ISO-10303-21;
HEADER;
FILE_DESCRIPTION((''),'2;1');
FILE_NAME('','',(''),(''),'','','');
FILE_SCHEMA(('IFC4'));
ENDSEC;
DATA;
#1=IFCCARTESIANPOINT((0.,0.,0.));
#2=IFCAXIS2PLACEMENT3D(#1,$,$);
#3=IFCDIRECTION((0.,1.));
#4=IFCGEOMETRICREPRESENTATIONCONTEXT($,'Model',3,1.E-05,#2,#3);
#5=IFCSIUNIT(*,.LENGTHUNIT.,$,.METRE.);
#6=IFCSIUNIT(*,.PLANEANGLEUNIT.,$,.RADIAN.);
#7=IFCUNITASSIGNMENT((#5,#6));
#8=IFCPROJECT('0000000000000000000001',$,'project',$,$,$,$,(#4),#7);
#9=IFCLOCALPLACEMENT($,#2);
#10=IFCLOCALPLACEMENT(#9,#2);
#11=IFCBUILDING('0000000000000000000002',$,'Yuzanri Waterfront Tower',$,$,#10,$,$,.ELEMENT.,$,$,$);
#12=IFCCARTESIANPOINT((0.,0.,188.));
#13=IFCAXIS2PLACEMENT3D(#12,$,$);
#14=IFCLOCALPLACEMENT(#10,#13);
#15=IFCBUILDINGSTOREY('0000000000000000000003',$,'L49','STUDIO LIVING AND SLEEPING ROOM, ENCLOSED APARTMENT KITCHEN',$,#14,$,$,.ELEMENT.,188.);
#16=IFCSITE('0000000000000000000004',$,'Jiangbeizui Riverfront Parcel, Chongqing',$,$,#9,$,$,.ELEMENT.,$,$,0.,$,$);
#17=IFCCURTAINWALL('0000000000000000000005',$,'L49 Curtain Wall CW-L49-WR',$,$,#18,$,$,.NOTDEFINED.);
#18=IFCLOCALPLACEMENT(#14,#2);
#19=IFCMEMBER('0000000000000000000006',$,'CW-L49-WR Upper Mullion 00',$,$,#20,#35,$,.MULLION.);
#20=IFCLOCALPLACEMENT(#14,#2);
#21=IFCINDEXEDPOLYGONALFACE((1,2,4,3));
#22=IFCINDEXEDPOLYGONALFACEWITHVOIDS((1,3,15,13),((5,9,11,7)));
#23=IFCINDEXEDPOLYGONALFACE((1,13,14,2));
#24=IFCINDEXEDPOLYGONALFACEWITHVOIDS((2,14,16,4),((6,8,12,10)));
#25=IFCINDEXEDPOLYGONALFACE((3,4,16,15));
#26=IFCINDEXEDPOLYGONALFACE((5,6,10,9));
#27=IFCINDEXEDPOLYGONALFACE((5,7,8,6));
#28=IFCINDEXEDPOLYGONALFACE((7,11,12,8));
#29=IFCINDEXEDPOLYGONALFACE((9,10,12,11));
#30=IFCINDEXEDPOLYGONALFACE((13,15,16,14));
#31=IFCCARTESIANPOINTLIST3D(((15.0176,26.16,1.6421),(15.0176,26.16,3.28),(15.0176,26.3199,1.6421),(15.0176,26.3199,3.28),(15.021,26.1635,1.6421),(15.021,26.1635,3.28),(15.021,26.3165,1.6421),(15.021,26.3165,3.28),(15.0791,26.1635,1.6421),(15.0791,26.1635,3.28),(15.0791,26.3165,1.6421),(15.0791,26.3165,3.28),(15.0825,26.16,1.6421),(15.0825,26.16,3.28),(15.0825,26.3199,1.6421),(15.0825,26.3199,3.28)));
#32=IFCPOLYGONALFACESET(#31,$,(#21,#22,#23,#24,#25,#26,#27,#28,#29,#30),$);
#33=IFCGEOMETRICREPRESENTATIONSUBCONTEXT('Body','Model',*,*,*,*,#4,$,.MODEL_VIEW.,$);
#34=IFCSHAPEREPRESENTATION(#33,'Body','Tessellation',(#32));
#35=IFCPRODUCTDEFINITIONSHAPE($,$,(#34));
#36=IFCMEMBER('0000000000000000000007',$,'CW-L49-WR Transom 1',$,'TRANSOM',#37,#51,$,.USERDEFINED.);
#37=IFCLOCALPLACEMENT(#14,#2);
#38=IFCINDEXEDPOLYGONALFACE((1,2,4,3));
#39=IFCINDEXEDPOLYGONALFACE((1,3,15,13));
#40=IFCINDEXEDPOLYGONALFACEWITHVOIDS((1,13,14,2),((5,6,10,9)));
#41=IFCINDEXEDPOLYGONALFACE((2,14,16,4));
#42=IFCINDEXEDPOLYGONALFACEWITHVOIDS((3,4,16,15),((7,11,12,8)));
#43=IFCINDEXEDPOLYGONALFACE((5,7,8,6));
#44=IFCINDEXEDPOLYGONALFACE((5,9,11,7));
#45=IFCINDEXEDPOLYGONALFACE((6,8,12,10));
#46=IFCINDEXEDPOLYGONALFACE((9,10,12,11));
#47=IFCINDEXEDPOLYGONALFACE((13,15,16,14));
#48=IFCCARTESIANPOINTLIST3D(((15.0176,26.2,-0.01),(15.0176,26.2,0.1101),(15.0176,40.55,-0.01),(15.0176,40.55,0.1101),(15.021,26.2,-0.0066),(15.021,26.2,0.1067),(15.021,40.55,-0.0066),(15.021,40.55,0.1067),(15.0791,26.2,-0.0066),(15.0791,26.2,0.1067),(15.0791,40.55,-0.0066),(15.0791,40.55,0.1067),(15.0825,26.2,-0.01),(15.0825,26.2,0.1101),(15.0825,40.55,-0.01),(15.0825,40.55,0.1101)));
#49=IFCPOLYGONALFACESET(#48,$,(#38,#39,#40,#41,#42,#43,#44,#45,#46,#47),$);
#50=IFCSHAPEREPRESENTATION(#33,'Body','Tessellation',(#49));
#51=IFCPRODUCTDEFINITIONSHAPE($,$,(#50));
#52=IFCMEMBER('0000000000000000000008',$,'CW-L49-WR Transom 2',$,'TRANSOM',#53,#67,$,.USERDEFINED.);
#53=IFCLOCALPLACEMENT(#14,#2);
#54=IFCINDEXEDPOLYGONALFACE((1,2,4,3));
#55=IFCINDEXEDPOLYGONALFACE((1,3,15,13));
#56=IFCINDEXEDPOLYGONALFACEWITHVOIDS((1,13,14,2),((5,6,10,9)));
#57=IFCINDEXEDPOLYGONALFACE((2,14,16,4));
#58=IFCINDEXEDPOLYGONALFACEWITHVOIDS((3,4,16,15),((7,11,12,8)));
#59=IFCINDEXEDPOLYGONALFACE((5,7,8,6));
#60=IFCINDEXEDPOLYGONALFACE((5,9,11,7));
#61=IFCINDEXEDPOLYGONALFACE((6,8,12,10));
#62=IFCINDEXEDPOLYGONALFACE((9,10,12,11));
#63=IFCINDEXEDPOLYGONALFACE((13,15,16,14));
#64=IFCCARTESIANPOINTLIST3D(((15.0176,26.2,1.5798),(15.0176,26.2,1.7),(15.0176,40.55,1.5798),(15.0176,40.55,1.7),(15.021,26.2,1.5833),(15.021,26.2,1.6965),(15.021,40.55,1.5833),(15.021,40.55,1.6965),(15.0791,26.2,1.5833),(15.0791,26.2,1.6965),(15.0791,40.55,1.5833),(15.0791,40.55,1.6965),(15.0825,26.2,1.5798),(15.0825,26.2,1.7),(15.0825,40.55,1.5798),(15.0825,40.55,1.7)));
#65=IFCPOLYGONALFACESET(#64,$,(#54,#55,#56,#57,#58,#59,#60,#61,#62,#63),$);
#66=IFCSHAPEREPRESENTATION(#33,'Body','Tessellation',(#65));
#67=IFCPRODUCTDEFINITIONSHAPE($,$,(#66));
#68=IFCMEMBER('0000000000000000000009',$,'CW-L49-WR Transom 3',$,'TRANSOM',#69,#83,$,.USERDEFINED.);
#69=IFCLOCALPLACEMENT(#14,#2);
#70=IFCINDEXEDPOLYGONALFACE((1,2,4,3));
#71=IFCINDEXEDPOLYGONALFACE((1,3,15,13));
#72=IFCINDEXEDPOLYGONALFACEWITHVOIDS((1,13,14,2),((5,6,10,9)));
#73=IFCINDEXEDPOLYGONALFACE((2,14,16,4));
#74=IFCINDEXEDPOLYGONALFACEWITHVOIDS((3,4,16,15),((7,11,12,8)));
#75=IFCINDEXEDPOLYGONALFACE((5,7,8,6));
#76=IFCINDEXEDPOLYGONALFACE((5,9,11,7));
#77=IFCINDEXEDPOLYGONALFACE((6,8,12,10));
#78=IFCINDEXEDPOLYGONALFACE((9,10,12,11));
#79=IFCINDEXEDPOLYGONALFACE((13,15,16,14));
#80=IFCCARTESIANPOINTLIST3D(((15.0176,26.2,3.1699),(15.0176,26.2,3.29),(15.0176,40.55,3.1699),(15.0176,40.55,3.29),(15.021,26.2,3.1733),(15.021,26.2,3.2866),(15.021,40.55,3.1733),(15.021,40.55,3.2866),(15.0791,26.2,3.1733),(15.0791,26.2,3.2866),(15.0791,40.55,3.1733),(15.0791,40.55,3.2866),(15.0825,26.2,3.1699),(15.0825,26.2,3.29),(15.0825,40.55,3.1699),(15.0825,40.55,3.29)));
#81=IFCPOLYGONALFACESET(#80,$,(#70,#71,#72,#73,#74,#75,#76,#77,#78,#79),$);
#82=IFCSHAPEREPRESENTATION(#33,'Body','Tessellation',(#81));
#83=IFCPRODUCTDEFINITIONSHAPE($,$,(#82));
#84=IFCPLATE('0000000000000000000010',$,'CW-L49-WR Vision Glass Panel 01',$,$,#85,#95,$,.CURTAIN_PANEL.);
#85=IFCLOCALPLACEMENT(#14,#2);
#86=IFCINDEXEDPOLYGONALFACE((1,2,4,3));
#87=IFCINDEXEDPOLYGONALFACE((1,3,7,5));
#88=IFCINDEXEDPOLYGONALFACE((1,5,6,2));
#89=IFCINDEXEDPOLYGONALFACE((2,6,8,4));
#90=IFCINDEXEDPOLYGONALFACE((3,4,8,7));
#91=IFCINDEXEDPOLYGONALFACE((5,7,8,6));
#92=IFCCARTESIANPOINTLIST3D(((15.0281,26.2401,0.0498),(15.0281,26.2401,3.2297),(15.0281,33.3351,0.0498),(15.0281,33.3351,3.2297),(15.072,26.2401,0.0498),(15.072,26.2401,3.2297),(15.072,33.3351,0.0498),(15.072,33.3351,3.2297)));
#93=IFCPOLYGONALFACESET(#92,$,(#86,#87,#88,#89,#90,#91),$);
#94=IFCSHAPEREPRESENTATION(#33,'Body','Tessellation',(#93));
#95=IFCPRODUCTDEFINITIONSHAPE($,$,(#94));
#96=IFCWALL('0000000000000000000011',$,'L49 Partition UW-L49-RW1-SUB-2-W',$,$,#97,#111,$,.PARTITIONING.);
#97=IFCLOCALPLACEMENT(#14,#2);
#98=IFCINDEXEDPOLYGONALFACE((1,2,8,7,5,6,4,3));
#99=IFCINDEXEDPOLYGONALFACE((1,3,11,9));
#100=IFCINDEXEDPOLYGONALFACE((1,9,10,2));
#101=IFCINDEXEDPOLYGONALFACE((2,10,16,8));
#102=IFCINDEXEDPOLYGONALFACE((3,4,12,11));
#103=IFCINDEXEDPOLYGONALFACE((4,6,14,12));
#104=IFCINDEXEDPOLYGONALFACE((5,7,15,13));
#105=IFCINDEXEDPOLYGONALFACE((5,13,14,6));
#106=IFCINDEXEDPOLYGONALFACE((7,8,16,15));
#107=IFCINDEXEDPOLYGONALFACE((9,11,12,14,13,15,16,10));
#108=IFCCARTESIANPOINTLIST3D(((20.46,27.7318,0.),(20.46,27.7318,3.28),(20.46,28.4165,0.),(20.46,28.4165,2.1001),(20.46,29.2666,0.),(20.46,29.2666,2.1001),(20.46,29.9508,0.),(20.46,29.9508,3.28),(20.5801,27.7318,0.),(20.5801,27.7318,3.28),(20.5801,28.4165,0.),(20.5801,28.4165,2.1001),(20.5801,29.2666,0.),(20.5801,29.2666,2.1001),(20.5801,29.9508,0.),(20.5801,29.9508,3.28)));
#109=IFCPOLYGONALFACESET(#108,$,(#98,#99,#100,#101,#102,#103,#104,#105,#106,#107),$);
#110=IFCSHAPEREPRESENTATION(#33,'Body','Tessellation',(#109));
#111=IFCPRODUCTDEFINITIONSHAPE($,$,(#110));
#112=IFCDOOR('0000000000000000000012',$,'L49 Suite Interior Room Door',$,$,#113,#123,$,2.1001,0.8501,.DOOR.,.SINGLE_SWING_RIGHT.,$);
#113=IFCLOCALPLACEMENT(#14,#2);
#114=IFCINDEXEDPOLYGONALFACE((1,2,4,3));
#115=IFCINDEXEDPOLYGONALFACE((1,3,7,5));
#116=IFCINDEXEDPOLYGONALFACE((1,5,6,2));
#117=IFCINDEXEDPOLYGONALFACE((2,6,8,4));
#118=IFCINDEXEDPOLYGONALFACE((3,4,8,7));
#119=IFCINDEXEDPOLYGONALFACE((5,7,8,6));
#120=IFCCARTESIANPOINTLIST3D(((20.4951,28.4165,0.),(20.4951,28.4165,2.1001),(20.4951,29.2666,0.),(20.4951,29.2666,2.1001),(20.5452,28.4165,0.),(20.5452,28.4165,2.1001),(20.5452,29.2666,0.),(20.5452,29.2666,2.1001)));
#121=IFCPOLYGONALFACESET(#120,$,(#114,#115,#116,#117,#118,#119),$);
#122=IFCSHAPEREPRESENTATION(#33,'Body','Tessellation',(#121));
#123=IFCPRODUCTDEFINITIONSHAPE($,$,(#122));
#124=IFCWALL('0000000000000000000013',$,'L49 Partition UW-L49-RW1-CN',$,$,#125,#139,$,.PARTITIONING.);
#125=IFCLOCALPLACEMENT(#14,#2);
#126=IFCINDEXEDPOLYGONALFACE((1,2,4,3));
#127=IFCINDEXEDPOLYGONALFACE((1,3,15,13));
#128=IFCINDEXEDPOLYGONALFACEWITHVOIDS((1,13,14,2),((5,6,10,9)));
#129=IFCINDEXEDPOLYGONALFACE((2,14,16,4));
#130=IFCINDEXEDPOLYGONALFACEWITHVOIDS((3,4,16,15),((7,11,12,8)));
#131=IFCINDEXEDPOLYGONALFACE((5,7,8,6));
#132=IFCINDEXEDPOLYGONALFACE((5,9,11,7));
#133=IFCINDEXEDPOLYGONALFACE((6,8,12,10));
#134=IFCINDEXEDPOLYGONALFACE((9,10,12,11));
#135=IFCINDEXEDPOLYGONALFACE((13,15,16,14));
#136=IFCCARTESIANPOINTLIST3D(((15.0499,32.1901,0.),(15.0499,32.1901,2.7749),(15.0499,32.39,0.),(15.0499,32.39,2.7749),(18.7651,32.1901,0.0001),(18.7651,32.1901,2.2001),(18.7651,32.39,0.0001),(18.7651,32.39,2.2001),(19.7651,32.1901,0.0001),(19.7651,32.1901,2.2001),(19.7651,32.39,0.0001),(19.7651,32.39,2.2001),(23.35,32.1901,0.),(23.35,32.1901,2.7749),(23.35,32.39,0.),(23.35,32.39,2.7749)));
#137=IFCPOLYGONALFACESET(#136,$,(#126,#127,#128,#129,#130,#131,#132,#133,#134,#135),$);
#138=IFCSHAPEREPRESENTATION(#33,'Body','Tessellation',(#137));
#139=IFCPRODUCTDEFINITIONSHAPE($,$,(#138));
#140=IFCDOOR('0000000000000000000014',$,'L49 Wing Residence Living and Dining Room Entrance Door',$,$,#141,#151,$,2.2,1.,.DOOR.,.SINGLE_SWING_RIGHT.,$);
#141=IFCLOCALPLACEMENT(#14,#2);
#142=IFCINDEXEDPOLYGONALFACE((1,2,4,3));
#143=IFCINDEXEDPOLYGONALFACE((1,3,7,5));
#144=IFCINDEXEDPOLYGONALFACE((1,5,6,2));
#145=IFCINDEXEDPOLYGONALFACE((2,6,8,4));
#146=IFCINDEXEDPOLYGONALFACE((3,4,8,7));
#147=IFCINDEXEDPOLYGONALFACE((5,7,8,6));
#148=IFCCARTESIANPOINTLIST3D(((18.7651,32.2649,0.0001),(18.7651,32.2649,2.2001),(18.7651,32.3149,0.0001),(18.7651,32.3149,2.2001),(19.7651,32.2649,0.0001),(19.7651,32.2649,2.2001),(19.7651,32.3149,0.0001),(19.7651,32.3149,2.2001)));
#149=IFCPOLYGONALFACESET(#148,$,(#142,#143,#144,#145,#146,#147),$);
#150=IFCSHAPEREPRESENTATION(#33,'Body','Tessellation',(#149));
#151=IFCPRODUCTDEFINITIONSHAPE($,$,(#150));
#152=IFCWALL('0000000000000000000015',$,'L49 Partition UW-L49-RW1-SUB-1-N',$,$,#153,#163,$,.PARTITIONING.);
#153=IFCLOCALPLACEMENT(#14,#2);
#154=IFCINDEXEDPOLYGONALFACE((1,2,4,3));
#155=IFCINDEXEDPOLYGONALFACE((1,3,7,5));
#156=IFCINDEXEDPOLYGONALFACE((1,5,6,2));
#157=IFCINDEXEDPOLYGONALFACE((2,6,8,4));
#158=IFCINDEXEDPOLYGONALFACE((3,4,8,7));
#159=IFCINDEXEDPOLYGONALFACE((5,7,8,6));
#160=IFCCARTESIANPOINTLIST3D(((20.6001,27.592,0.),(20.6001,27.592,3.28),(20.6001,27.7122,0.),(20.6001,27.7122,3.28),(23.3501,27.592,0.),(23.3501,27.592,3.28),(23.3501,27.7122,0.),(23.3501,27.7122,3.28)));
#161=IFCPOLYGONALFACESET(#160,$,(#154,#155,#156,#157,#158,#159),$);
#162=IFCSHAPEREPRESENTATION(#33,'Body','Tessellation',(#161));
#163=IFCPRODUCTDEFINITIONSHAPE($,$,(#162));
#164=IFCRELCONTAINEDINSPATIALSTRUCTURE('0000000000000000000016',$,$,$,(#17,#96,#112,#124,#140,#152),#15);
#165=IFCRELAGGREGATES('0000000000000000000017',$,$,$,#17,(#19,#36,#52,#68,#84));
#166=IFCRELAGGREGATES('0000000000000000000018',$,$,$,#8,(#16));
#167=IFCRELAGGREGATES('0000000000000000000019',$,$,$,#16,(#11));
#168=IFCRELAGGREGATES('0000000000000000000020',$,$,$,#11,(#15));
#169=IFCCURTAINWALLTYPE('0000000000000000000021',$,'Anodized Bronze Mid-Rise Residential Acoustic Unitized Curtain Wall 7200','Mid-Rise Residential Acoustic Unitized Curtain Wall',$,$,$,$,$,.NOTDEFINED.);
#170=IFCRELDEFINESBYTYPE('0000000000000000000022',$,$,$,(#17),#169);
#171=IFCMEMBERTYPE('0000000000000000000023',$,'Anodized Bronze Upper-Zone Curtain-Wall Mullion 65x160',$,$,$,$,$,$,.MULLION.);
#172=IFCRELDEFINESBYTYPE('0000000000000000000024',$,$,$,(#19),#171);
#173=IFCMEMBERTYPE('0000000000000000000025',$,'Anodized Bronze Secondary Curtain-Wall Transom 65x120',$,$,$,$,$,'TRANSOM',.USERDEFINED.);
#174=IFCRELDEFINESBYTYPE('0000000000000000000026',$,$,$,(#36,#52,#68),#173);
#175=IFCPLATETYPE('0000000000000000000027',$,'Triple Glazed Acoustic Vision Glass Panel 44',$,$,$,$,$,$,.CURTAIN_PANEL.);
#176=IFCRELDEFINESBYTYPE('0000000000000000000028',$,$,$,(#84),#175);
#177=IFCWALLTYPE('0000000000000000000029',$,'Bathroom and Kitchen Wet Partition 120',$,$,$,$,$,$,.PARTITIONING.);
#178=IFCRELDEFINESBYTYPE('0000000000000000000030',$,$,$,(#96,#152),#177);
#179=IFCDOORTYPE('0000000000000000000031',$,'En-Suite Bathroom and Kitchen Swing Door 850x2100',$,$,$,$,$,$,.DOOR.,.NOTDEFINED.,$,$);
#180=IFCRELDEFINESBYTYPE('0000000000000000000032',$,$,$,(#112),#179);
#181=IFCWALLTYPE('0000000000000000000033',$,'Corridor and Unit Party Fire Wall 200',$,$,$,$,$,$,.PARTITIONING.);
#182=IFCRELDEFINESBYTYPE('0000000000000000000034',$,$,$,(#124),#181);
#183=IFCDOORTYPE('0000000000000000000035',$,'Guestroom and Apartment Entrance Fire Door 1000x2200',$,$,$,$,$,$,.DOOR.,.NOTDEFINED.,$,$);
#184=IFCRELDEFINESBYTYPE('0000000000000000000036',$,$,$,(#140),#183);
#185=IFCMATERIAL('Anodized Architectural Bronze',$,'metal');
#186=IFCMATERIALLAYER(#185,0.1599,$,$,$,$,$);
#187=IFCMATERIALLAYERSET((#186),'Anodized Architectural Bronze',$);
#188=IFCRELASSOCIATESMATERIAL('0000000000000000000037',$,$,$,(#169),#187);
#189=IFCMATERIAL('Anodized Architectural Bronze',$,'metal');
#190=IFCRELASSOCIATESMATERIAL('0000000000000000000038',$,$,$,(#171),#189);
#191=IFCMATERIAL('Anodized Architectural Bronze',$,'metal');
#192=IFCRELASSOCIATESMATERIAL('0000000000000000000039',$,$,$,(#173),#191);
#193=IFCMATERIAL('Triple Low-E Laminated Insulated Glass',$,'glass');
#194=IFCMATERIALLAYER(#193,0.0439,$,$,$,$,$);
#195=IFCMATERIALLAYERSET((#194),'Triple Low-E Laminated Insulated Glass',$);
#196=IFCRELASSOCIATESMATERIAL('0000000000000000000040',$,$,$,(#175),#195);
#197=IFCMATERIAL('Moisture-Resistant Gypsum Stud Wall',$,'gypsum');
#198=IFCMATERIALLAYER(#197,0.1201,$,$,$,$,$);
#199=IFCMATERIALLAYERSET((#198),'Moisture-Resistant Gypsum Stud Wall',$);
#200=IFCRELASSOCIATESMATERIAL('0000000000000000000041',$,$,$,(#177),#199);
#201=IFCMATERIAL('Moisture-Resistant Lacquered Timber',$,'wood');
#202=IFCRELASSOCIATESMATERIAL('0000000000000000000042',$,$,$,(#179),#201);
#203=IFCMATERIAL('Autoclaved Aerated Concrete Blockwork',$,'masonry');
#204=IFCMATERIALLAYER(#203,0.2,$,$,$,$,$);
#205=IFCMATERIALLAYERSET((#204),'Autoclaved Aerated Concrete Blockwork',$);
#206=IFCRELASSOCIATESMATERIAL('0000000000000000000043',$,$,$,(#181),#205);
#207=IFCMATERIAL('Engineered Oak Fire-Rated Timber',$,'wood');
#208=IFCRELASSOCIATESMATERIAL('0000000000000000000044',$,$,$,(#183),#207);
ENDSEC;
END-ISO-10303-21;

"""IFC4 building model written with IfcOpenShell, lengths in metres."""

from ifc_helpers import new_model, si_unit, direction, frame, frame_2d, origin, origin_2d, place, context, subcontext, project, spatial, rectangle, hollow_rectangle, extrude, source, transform, mapped, material, layer, layer_set, material_profile, profile_set, type_object, element, fill, aggregate, save


model = new_model("IFC4")

# Units and contexts
model_context = context("Model", 3, precision=1e-05, world=origin(), true_north=direction((0.0, 1.0)))
body_context = subcontext(model_context, "Body", "Model", "MODEL_VIEW")
ifc_project = project(units=[si_unit("LENGTHUNIT", "METRE"), si_unit("PLANEANGLEUNIT", "RADIAN")], contexts=[model_context])

# Site, building, storey
site_placement = place(None, origin())
site = spatial("IfcSite", under=ifc_project, at=site_placement, Name="Jiangbeizui Riverfront Parcel, Chongqing", CompositionType="ELEMENT", RefElevation=0.0)
building_placement = place(site_placement, origin())
building = spatial("IfcBuilding", under=site, at=building_placement, Name="Yuzanri Waterfront Tower", CompositionType="ELEMENT")
storey_placement = place(building_placement, frame((0.0, 0.0, 188.0)))
storey = spatial("IfcBuildingStorey", under=building, at=storey_placement, Name="L49", Description="STUDIO LIVING AND SLEEPING ROOM, ENCLOSED APARTMENT KITCHEN", CompositionType="ELEMENT", Elevation=188.0)

# Shared definitions
ifc_material_1 = material(Name="Anodized Architectural Bronze", Category="metal")
ifc_layer_1 = layer(ifc_material_1, 0.1599)
ifc_layer_set_1 = layer_set([ifc_layer_1], Name="Anodized Architectural Bronze")
curtain_wall_type = type_object("IfcCurtainWallType", Name="Anodized Bronze Mid-Rise Residential Acoustic Unitized Curtain Wall 7200", Description="Mid-Rise Residential Acoustic Unitized Curtain Wall", PredefinedType="NOTDEFINED", material=ifc_layer_set_1)
ifc_material_2 = material(Name="Anodized Architectural Bronze", Category="metal")
ifc_material_profile_1 = material_profile(ifc_material_2, hollow_rectangle(XDim=0.0649, YDim=0.1599, WallThickness=0.0034, at=origin_2d()), Name="CWM 65x160")
ifc_profile_set_1 = profile_set([ifc_material_profile_1], Name="Anodized Architectural Bronze")
member_type_1 = type_object("IfcMemberType", Name="Anodized Bronze Upper-Zone Curtain-Wall Mullion 65x160", PredefinedType="MULLION", material=ifc_profile_set_1)
shared_shape_1 = source(origin(), body_context, "Body", "SweptSolid", [
    extrude(hollow_rectangle(XDim=0.0649, YDim=0.1599, WallThickness=0.0034, at=origin_2d()), origin(), (0.0, 0.0, 1.0), 1.6379),
])

# Curtain wall, members, plate
curtain_wall_1_placement = place(storey_placement, origin())
curtain_wall_1 = element("IfcCurtainWall", 1, at=curtain_wall_1_placement, inside=storey, type_object=curtain_wall_type, Name="L49 Curtain Wall CW-L49-WR", PredefinedType="NOTDEFINED")
member_1_placement = place(storey_placement, frame((15.05, 26.24, 1.6421), z_axis=(0.0, 0.0, 1.0), x_axis=(1.0, 0.0, 0.0)))
member_1 = element("IfcMember", 2, at=member_1_placement, type_object=member_type_1, Name="CW-L49-WR Upper Mullion 00", PredefinedType="MULLION", context=body_context, shape_type="MappedRepresentation", body=[
    mapped(shared_shape_1, transform((0.0, 0.0, 0.0), scale=1.0)),
])
ifc_material_3 = material(Name="Anodized Architectural Bronze", Category="metal")
ifc_material_profile_2 = material_profile(ifc_material_3, hollow_rectangle(XDim=0.0649, YDim=0.1201, WallThickness=0.0034, at=origin_2d()), Name="CWT 65x120")
ifc_profile_set_2 = profile_set([ifc_material_profile_2], Name="Anodized Architectural Bronze")
member_type_2 = type_object("IfcMemberType", Name="Anodized Bronze Secondary Curtain-Wall Transom 65x120", ElementType="TRANSOM", PredefinedType="USERDEFINED", material=ifc_profile_set_2)
shared_shape_2 = source(origin(), body_context, "Body", "SweptSolid", [
    extrude(hollow_rectangle(XDim=0.0649, YDim=0.1201, WallThickness=0.0034, at=origin_2d()), origin(), (0.0, 0.0, 1.0), 14.3501),
])
member_2_placement = place(storey_placement, frame((15.05, 26.2, 0.05), z_axis=(0.0, 1.0, 0.0), x_axis=(-1.0, 0.0, 0.0)))
member_2 = element("IfcMember", 3, at=member_2_placement, type_object=member_type_2, Name="CW-L49-WR Transom 1", ObjectType="TRANSOM", PredefinedType="USERDEFINED", context=body_context, shape_type="MappedRepresentation", body=[
    mapped(shared_shape_2, transform((0.0, 0.0, 0.0), scale=1.0)),
])
member_3_placement = place(storey_placement, frame((15.05, 26.2, 1.6399), z_axis=(0.0, 1.0, 0.0), x_axis=(-1.0, 0.0, 0.0)))
member_3 = element("IfcMember", 4, at=member_3_placement, type_object=member_type_2, Name="CW-L49-WR Transom 2", ObjectType="TRANSOM", PredefinedType="USERDEFINED", context=body_context, shape_type="MappedRepresentation", body=[
    mapped(shared_shape_2, transform((0.0, 0.0, 0.0), scale=1.0)),
])
member_4_placement = place(storey_placement, frame((15.05, 26.2, 3.23), z_axis=(0.0, 1.0, 0.0), x_axis=(-1.0, 0.0, 0.0)))
member_4 = element("IfcMember", 5, at=member_4_placement, type_object=member_type_2, Name="CW-L49-WR Transom 3", ObjectType="TRANSOM", PredefinedType="USERDEFINED", context=body_context, shape_type="MappedRepresentation", body=[
    mapped(shared_shape_2, transform((0.0, 0.0, 0.0), scale=1.0)),
])
ifc_material_4 = material(Name="Triple Low-E Laminated Insulated Glass", Category="glass")
ifc_layer_2 = layer(ifc_material_4, 0.0439)
ifc_layer_set_2 = layer_set([ifc_layer_2], Name="Triple Low-E Laminated Insulated Glass")
plate_type = type_object("IfcPlateType", Name="Triple Glazed Acoustic Vision Glass Panel 44", PredefinedType="CURTAIN_PANEL", material=ifc_layer_set_2)
shared_shape_3 = source(origin(), body_context, "Body", "SweptSolid", [
    extrude(rectangle(XDim=7.095, YDim=0.0439, at=origin_2d()), origin(), (0.0, 0.0, 1.0), 3.1799),
])
plate_placement = place(storey_placement, frame((15.05, 29.7876, 0.0498), z_axis=(0.0, 0.0, 1.0), x_axis=(0.0, 1.0, 0.0)))
plate = element("IfcPlate", 6, at=plate_placement, type_object=plate_type, Name="CW-L49-WR Vision Glass Panel 01", PredefinedType="CURTAIN_PANEL", context=body_context, shape_type="MappedRepresentation", body=[
    mapped(shared_shape_3, transform((0.0, 0.0, 0.0), scale=1.0)),
])
aggregate(curtain_wall_1, [member_1, member_2, member_3, member_4, plate])

# Wall, opening, door
ifc_material_5 = material(Name="Moisture-Resistant Gypsum Stud Wall", Category="gypsum")
ifc_layer_3 = layer(ifc_material_5, 0.1201)
ifc_layer_set_3 = layer_set([ifc_layer_3], Name="Moisture-Resistant Gypsum Stud Wall")
wall_type_1 = type_object("IfcWallType", Name="Bathroom and Kitchen Wet Partition 120", PredefinedType="PARTITIONING", material=ifc_layer_set_3)
wall_1_placement = place(storey_placement, frame((20.52, 27.7319, 0.0), z_axis=(0.0, 0.0, 1.0), x_axis=(0.0, 1.0, 0.0)))
wall_1 = element("IfcWall", 7, at=wall_1_placement, inside=storey, type_object=wall_type_1, Name="L49 Partition UW-L49-RW1-SUB-2-W", PredefinedType="PARTITIONING", context=body_context, shape_type="SweptSolid", body=[
    extrude(rectangle(XDim=2.219, YDim=0.1201, at=frame_2d((1.1094, 0.0))), origin(), (0.0, 0.0, 1.0), 3.28),
])
opening_1_placement = place(wall_1_placement, frame((0.6846, 0.0, 0.0)))
opening_1 = element("IfcOpeningElement", 8, at=opening_1_placement, cuts=wall_1, PredefinedType="OPENING", context=body_context, shape_type="SweptSolid", body=[
    extrude(rectangle(XDim=0.8501, YDim=2.1001, at=frame_2d((0.425, 1.05))), frame((0.0, 0.075, 0.0), z_axis=(0.0, -1.0, 0.0), x_axis=(1.0, 0.0, 0.0)), (0.0, 0.0, 1.0), 0.1499),
])
ifc_material_6 = material(Name="Moisture-Resistant Lacquered Timber", Category="wood")
door_type_1 = type_object("IfcDoorType", Name="En-Suite Bathroom and Kitchen Swing Door 850x2100", OperationType="NOTDEFINED", PredefinedType="DOOR", material=ifc_material_6)
shared_shape_4 = source(origin(), body_context, "Body", "SweptSolid", [
    extrude(rectangle(XDim=0.8501, YDim=2.1001, at=frame_2d((0.425, 1.05))), frame((0.0, 0.0249, 0.0), z_axis=(0.0, -1.0, 0.0), x_axis=(1.0, 0.0, 0.0)), (0.0, 0.0, 1.0), 0.05),
])
door_1_placement = place(opening_1_placement, origin())
door_1 = element("IfcDoor", 9, at=door_1_placement, inside=storey, type_object=door_type_1, Name="L49 Suite Interior Room Door", OperationType="SINGLE_SWING_RIGHT", OverallHeight=2.1001, OverallWidth=0.8501, PredefinedType="DOOR", context=body_context, shape_type="MappedRepresentation", body=[
    mapped(shared_shape_4, transform((0.0, 0.0, 0.0), scale=1.0)),
])
fill(opening_1, door_1)

# Wall, opening, door
ifc_material_7 = material(Name="Autoclaved Aerated Concrete Blockwork", Category="masonry")
ifc_layer_4 = layer(ifc_material_7, 0.2)
ifc_layer_set_4 = layer_set([ifc_layer_4], Name="Autoclaved Aerated Concrete Blockwork")
wall_type_2 = type_object("IfcWallType", Name="Corridor and Unit Party Fire Wall 200", PredefinedType="PARTITIONING", material=ifc_layer_set_4)
wall_2_placement = place(storey_placement, frame((15.05, 32.29, 0.0), z_axis=(0.0, 0.0, 1.0), x_axis=(1.0, 0.0, 0.0)))
wall_2 = element("IfcWall", 10, at=wall_2_placement, inside=storey, type_object=wall_type_2, Name="L49 Partition UW-L49-RW1-CN", PredefinedType="PARTITIONING", context=body_context, shape_type="SweptSolid", body=[
    extrude(rectangle(XDim=8.3, YDim=0.2, at=frame_2d((4.1499, 0.0))), origin(), (0.0, 0.0, 1.0), 2.7749),
])
opening_2_placement = place(wall_2_placement, frame((3.7151, 0.0, 0.0)))
opening_2 = element("IfcOpeningElement", 11, at=opening_2_placement, cuts=wall_2, PredefinedType="OPENING", context=body_context, shape_type="SweptSolid", body=[
    extrude(rectangle(XDim=1.0, YDim=2.2, at=frame_2d((0.5, 1.1001))), frame((0.0, 0.1147, 0.0), z_axis=(0.0, -1.0, 0.0), x_axis=(1.0, 0.0, 0.0)), (0.0, 0.0, 1.0), 0.2297),
])
ifc_material_8 = material(Name="Engineered Oak Fire-Rated Timber", Category="wood")
door_type_2 = type_object("IfcDoorType", Name="Guestroom and Apartment Entrance Fire Door 1000x2200", OperationType="NOTDEFINED", PredefinedType="DOOR", material=ifc_material_8)
shared_shape_5 = source(origin(), body_context, "Body", "SweptSolid", [
    extrude(rectangle(XDim=1.0, YDim=2.2, at=frame_2d((0.5, 1.1001))), frame((0.0, 0.0249, 0.0), z_axis=(0.0, -1.0, 0.0), x_axis=(1.0, 0.0, 0.0)), (0.0, 0.0, 1.0), 0.05),
])
door_2_placement = place(opening_2_placement, origin())
door_2 = element("IfcDoor", 12, at=door_2_placement, inside=storey, type_object=door_type_2, Name="L49 Wing Residence Living and Dining Room Entrance Door", OperationType="SINGLE_SWING_RIGHT", OverallHeight=2.2, OverallWidth=1.0, PredefinedType="DOOR", context=body_context, shape_type="MappedRepresentation", body=[
    mapped(shared_shape_5, transform((0.0, 0.0, 0.0), scale=1.0)),
])
fill(opening_2, door_2)

# Wall
shared_shape_6 = source(origin(), body_context, "Body", "SweptSolid", [
    extrude(rectangle(XDim=2.75, YDim=0.1201, at=frame_2d((1.375, 0.0))), origin(), (0.0, 0.0, 1.0), 3.28),
])
for number, where, z_axis, x_axis, name in (
    (13, (20.6001, 27.6521, 0.0), (0.0, 0.0, 1.0), (1.0, 0.0, 0.0), "L49 Partition UW-L49-RW1-SUB-1-N"),
):
    element("IfcWall", number, at=place(storey_placement, frame(where, z_axis=z_axis, x_axis=x_axis)), inside=storey, type_object=wall_type_1, Name=name, PredefinedType="PARTITIONING", context=body_context, shape_type="MappedRepresentation", body=[
        mapped(shared_shape_6, transform((0.0, 0.0, 0.0), scale=1.0)),
    ])

save(model, "model.ifc")
